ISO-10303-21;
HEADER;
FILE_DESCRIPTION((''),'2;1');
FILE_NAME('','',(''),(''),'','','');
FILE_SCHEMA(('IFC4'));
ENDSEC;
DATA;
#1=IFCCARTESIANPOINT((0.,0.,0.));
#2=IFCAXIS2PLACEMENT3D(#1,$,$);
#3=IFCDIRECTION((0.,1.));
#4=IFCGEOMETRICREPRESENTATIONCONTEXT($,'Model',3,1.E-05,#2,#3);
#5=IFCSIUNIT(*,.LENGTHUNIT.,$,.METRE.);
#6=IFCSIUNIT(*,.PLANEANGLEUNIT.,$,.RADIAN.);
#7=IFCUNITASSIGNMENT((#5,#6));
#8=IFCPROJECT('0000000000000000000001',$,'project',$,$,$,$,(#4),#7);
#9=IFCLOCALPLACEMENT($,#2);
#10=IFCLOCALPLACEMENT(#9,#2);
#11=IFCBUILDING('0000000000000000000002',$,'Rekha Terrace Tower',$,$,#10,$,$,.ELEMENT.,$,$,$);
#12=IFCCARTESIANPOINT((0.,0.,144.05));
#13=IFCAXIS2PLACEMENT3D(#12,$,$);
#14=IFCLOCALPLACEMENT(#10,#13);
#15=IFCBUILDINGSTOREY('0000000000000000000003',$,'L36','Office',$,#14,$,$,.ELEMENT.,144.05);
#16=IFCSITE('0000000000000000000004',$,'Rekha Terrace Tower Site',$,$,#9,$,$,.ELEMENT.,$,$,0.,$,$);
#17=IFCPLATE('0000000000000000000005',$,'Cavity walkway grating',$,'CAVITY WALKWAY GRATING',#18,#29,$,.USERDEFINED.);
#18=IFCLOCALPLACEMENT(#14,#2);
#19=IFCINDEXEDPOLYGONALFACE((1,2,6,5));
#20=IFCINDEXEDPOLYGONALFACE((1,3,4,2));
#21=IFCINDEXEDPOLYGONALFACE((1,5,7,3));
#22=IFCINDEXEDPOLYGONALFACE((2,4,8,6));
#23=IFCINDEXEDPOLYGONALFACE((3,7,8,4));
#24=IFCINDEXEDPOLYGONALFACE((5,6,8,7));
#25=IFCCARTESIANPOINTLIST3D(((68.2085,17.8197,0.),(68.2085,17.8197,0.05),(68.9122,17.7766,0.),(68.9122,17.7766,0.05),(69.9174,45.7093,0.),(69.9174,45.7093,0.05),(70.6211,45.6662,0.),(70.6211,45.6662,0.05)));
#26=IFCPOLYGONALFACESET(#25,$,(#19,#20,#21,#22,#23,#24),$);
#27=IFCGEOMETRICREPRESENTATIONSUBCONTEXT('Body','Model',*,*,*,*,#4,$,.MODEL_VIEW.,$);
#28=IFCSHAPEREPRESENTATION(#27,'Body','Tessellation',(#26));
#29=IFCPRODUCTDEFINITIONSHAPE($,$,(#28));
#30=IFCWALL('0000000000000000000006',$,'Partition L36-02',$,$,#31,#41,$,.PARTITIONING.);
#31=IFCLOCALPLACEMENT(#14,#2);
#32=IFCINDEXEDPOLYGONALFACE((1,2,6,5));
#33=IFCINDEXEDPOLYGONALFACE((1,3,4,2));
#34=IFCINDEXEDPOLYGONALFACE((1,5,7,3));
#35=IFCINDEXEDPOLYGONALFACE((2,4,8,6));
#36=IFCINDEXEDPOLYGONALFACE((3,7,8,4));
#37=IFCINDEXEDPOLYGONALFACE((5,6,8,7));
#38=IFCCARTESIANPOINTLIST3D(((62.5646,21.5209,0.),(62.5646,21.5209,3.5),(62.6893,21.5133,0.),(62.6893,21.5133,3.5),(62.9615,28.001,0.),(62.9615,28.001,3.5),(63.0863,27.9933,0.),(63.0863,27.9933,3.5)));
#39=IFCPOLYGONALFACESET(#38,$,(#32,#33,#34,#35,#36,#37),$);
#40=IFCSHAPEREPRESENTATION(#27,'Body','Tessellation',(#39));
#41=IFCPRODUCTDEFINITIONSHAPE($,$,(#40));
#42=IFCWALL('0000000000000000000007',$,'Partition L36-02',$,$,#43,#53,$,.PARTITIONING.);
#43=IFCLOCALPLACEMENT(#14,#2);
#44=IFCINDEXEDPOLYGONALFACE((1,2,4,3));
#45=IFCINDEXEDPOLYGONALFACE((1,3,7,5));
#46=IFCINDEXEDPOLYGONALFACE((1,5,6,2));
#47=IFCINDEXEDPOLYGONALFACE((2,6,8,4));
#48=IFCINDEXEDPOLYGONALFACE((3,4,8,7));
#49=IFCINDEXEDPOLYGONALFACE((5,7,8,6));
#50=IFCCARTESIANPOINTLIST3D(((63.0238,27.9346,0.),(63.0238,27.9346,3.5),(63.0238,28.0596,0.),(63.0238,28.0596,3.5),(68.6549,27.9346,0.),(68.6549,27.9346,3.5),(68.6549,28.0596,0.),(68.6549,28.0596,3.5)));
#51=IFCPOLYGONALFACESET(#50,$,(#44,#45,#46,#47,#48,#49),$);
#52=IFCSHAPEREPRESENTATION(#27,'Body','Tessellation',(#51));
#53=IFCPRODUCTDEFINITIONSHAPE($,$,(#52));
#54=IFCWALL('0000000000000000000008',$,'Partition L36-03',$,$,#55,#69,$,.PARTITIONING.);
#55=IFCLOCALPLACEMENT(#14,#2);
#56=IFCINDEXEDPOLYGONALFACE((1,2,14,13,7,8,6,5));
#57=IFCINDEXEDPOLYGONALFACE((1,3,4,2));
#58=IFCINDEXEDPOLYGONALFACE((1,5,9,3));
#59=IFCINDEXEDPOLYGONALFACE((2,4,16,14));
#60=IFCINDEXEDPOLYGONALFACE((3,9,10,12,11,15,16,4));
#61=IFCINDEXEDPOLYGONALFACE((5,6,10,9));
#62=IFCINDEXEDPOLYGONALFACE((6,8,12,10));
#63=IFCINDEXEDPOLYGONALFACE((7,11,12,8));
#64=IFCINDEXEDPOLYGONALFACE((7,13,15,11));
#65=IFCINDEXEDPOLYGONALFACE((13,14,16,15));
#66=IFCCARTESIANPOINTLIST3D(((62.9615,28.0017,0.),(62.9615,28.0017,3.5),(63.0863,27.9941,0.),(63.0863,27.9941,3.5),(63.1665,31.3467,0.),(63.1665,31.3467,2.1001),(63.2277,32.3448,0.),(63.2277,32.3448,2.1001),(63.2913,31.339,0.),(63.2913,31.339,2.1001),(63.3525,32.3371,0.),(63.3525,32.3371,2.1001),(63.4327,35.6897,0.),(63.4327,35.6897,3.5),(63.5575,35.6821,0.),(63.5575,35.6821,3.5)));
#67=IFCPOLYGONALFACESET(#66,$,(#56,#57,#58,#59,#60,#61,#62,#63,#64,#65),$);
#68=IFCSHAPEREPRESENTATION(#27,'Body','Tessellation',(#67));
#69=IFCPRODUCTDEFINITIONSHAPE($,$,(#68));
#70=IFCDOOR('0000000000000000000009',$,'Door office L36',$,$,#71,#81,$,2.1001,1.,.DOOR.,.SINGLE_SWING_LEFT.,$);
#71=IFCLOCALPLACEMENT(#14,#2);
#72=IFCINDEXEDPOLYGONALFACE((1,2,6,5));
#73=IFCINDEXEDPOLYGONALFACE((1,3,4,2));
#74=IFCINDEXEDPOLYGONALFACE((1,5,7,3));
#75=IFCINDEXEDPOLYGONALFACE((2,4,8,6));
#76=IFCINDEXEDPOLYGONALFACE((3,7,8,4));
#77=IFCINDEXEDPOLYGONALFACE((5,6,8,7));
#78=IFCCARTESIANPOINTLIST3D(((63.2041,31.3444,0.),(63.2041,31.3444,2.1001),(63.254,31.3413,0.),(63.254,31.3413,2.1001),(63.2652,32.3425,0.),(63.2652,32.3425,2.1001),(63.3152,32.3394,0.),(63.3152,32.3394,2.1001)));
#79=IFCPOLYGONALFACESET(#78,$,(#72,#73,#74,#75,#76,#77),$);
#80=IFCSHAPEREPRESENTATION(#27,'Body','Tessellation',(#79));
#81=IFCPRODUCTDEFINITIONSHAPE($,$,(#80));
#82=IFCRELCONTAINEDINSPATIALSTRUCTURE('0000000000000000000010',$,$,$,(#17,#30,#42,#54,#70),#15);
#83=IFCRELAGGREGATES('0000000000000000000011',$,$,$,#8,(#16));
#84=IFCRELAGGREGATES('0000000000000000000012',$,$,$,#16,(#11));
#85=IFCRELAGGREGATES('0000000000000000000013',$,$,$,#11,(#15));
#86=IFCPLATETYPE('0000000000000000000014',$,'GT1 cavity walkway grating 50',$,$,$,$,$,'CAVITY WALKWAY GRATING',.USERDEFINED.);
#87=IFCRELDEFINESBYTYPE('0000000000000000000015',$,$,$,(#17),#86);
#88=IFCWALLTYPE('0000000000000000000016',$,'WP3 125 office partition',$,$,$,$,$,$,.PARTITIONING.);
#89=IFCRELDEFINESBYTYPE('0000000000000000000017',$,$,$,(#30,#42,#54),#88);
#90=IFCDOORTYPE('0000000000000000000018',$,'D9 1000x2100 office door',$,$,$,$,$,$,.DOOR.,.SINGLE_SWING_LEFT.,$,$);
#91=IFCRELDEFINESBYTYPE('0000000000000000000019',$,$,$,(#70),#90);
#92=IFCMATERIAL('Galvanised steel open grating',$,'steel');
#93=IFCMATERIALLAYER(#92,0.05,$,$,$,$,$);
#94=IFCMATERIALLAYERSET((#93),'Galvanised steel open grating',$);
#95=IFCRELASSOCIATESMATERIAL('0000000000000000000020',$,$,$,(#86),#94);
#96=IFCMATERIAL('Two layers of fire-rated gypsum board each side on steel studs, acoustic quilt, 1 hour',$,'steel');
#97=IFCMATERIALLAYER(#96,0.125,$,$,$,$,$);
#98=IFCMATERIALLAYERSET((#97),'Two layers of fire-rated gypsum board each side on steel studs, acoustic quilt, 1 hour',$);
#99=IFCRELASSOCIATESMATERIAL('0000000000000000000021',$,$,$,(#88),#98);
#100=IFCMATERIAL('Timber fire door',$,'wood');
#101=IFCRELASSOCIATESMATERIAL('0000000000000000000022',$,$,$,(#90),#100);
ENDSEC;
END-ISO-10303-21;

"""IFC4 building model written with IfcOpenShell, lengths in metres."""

from ifc_helpers import new_model, si_unit, direction, frame, frame_2d, origin, origin_2d, place, context, subcontext, project, spatial, rectangle, extrude, material, layer, layer_set, type_object, element, fill, save


model = new_model("IFC4")

# Units and contexts
model_context = context("Model", 3, precision=1e-05, world=origin(), true_north=direction((0.0, 1.0)))
body_context = subcontext(model_context, "Body", "Model", "MODEL_VIEW")
ifc_project = project(units=[si_unit("LENGTHUNIT", "METRE"), si_unit("PLANEANGLEUNIT", "RADIAN")], contexts=[model_context])

# Site, building, storey
site_placement = place(None, origin())
site = spatial("IfcSite", under=ifc_project, at=site_placement, Name="Rekha Terrace Tower Site", CompositionType="ELEMENT", RefElevation=0.0)
building_placement = place(site_placement, origin())
building = spatial("IfcBuilding", under=site, at=building_placement, Name="Rekha Terrace Tower", CompositionType="ELEMENT")
storey_placement = place(building_placement, frame((0.0, 0.0, 144.05)))
storey = spatial("IfcBuildingStorey", under=building, at=storey_placement, Name="L36", Description="Office", CompositionType="ELEMENT", Elevation=144.05)

# Plate
ifc_material_1 = material(Name="Galvanised steel open grating", Category="steel")
ifc_layer_1 = layer(ifc_material_1, 0.05)
ifc_layer_set_1 = layer_set([ifc_layer_1], Name="Galvanised steel open grating")
plate_type_1 = type_object("IfcPlateType", Name="GT1 cavity walkway grating 50", ElementType="CAVITY WALKWAY GRATING", PredefinedType="USERDEFINED", material=ifc_layer_set_1)
plate_1_placement = place(storey_placement, frame((69.4148, 31.7429, 0.0), z_axis=(0.0, 0.0, 1.0), x_axis=(0.06116, 0.998128, 0.0)))
element("IfcPlate", 1, at=plate_1_placement, inside=storey, type_object=plate_type_1, Name="Cavity walkway grating", ObjectType="CAVITY WALKWAY GRATING", PredefinedType="USERDEFINED", context=body_context, shape_type="SweptSolid", body=[
    extrude(rectangle(XDim=27.9419, YDim=0.7051, at=origin_2d()), origin(), (0.0, 0.0, 1.0), 0.05),
])

# Walls
ifc_material_2 = material(Name="Two layers of fire-rated gypsum board each side on steel studs, acoustic quilt, 1 hour", Category="steel")
ifc_layer_2 = layer(ifc_material_2, 0.125)
ifc_layer_set_2 = layer_set([ifc_layer_2], Name="Two layers of fire-rated gypsum board each side on steel studs, acoustic quilt, 1 hour")
wall_type = type_object("IfcWallType", Name="WP3 125 office partition", PredefinedType="PARTITIONING", material=ifc_layer_set_2)
wall_1_placement = place(storey_placement, frame((62.627, 21.5171, 0.0), z_axis=(0.0, 0.0, 1.0), x_axis=(0.061147, 0.998129, 0.0)))
element("IfcWall", 2, at=wall_1_placement, inside=storey, type_object=wall_type, Name="Partition L36-02", PredefinedType="PARTITIONING", context=body_context, shape_type="SweptSolid", body=[
    extrude(rectangle(XDim=6.4922, YDim=0.125, at=frame_2d((3.2461, 0.0))), origin(), (0.0, 0.0, 1.0), 3.5),
])
wall_2_placement = place(storey_placement, frame((63.0239, 27.9971, 0.0), z_axis=(0.0, 0.0, 1.0), x_axis=(1.0, 0.0, 0.0)))
element("IfcWall", 3, at=wall_2_placement, inside=storey, type_object=wall_type, Name="Partition L36-02", PredefinedType="PARTITIONING", context=body_context, shape_type="SweptSolid", body=[
    extrude(rectangle(XDim=5.6311, YDim=0.125, at=frame_2d((2.8154, 0.0))), origin(), (0.0, 0.0, 1.0), 3.5),
])

# Wall, opening, door
wall_3_placement = place(storey_placement, frame((63.0239, 27.998, 0.0), z_axis=(0.0, 0.0, 1.0), x_axis=(0.061175, 0.998127, 0.0)))
wall_3 = element("IfcWall", 4, at=wall_3_placement, inside=storey, type_object=wall_type, Name="Partition L36-03", PredefinedType="PARTITIONING", context=body_context, shape_type="SweptSolid", body=[
    extrude(rectangle(XDim=7.7024, YDim=0.125, at=frame_2d((3.8511, 0.0))), origin(), (0.0, 0.0, 1.0), 3.5),
])
opening_placement = place(wall_3_placement, frame((3.3511, 0.0, 0.0)))
opening = element("IfcOpeningElement", 5, at=opening_placement, cuts=wall_3, PredefinedType="OPENING", context=body_context, shape_type="SweptSolid", body=[
    extrude(rectangle(XDim=1.0, YDim=2.1001, at=frame_2d((0.5, 1.05))), frame((0.0, 0.0725, 0.0), z_axis=(0.0, -1.0, 0.0), x_axis=(1.0, 0.0, 0.0)), (0.0, 0.0, 1.0), 0.145),
])
ifc_material_3 = material(Name="Timber fire door", Category="wood")
door_type = type_object("IfcDoorType", Name="D9 1000x2100 office door", OperationType="SINGLE_SWING_LEFT", PredefinedType="DOOR", material=ifc_material_3)
door_placement = place(opening_placement, origin())
door = element("IfcDoor", 6, at=door_placement, inside=storey, type_object=door_type, Name="Door office L36", OperationType="SINGLE_SWING_LEFT", OverallHeight=2.1001, OverallWidth=1.0, PredefinedType="DOOR", context=body_context, shape_type="SweptSolid", body=[
    extrude(rectangle(XDim=1.0, YDim=2.1001, at=frame_2d((0.5, 1.05))), frame((0.0, 0.0249, 0.0), z_axis=(0.0, -1.0, 0.0), x_axis=(1.0, 0.0, 0.0)), (0.0, 0.0, 1.0), 0.05),
])
fill(opening, door)

save(model, "model.ifc")
